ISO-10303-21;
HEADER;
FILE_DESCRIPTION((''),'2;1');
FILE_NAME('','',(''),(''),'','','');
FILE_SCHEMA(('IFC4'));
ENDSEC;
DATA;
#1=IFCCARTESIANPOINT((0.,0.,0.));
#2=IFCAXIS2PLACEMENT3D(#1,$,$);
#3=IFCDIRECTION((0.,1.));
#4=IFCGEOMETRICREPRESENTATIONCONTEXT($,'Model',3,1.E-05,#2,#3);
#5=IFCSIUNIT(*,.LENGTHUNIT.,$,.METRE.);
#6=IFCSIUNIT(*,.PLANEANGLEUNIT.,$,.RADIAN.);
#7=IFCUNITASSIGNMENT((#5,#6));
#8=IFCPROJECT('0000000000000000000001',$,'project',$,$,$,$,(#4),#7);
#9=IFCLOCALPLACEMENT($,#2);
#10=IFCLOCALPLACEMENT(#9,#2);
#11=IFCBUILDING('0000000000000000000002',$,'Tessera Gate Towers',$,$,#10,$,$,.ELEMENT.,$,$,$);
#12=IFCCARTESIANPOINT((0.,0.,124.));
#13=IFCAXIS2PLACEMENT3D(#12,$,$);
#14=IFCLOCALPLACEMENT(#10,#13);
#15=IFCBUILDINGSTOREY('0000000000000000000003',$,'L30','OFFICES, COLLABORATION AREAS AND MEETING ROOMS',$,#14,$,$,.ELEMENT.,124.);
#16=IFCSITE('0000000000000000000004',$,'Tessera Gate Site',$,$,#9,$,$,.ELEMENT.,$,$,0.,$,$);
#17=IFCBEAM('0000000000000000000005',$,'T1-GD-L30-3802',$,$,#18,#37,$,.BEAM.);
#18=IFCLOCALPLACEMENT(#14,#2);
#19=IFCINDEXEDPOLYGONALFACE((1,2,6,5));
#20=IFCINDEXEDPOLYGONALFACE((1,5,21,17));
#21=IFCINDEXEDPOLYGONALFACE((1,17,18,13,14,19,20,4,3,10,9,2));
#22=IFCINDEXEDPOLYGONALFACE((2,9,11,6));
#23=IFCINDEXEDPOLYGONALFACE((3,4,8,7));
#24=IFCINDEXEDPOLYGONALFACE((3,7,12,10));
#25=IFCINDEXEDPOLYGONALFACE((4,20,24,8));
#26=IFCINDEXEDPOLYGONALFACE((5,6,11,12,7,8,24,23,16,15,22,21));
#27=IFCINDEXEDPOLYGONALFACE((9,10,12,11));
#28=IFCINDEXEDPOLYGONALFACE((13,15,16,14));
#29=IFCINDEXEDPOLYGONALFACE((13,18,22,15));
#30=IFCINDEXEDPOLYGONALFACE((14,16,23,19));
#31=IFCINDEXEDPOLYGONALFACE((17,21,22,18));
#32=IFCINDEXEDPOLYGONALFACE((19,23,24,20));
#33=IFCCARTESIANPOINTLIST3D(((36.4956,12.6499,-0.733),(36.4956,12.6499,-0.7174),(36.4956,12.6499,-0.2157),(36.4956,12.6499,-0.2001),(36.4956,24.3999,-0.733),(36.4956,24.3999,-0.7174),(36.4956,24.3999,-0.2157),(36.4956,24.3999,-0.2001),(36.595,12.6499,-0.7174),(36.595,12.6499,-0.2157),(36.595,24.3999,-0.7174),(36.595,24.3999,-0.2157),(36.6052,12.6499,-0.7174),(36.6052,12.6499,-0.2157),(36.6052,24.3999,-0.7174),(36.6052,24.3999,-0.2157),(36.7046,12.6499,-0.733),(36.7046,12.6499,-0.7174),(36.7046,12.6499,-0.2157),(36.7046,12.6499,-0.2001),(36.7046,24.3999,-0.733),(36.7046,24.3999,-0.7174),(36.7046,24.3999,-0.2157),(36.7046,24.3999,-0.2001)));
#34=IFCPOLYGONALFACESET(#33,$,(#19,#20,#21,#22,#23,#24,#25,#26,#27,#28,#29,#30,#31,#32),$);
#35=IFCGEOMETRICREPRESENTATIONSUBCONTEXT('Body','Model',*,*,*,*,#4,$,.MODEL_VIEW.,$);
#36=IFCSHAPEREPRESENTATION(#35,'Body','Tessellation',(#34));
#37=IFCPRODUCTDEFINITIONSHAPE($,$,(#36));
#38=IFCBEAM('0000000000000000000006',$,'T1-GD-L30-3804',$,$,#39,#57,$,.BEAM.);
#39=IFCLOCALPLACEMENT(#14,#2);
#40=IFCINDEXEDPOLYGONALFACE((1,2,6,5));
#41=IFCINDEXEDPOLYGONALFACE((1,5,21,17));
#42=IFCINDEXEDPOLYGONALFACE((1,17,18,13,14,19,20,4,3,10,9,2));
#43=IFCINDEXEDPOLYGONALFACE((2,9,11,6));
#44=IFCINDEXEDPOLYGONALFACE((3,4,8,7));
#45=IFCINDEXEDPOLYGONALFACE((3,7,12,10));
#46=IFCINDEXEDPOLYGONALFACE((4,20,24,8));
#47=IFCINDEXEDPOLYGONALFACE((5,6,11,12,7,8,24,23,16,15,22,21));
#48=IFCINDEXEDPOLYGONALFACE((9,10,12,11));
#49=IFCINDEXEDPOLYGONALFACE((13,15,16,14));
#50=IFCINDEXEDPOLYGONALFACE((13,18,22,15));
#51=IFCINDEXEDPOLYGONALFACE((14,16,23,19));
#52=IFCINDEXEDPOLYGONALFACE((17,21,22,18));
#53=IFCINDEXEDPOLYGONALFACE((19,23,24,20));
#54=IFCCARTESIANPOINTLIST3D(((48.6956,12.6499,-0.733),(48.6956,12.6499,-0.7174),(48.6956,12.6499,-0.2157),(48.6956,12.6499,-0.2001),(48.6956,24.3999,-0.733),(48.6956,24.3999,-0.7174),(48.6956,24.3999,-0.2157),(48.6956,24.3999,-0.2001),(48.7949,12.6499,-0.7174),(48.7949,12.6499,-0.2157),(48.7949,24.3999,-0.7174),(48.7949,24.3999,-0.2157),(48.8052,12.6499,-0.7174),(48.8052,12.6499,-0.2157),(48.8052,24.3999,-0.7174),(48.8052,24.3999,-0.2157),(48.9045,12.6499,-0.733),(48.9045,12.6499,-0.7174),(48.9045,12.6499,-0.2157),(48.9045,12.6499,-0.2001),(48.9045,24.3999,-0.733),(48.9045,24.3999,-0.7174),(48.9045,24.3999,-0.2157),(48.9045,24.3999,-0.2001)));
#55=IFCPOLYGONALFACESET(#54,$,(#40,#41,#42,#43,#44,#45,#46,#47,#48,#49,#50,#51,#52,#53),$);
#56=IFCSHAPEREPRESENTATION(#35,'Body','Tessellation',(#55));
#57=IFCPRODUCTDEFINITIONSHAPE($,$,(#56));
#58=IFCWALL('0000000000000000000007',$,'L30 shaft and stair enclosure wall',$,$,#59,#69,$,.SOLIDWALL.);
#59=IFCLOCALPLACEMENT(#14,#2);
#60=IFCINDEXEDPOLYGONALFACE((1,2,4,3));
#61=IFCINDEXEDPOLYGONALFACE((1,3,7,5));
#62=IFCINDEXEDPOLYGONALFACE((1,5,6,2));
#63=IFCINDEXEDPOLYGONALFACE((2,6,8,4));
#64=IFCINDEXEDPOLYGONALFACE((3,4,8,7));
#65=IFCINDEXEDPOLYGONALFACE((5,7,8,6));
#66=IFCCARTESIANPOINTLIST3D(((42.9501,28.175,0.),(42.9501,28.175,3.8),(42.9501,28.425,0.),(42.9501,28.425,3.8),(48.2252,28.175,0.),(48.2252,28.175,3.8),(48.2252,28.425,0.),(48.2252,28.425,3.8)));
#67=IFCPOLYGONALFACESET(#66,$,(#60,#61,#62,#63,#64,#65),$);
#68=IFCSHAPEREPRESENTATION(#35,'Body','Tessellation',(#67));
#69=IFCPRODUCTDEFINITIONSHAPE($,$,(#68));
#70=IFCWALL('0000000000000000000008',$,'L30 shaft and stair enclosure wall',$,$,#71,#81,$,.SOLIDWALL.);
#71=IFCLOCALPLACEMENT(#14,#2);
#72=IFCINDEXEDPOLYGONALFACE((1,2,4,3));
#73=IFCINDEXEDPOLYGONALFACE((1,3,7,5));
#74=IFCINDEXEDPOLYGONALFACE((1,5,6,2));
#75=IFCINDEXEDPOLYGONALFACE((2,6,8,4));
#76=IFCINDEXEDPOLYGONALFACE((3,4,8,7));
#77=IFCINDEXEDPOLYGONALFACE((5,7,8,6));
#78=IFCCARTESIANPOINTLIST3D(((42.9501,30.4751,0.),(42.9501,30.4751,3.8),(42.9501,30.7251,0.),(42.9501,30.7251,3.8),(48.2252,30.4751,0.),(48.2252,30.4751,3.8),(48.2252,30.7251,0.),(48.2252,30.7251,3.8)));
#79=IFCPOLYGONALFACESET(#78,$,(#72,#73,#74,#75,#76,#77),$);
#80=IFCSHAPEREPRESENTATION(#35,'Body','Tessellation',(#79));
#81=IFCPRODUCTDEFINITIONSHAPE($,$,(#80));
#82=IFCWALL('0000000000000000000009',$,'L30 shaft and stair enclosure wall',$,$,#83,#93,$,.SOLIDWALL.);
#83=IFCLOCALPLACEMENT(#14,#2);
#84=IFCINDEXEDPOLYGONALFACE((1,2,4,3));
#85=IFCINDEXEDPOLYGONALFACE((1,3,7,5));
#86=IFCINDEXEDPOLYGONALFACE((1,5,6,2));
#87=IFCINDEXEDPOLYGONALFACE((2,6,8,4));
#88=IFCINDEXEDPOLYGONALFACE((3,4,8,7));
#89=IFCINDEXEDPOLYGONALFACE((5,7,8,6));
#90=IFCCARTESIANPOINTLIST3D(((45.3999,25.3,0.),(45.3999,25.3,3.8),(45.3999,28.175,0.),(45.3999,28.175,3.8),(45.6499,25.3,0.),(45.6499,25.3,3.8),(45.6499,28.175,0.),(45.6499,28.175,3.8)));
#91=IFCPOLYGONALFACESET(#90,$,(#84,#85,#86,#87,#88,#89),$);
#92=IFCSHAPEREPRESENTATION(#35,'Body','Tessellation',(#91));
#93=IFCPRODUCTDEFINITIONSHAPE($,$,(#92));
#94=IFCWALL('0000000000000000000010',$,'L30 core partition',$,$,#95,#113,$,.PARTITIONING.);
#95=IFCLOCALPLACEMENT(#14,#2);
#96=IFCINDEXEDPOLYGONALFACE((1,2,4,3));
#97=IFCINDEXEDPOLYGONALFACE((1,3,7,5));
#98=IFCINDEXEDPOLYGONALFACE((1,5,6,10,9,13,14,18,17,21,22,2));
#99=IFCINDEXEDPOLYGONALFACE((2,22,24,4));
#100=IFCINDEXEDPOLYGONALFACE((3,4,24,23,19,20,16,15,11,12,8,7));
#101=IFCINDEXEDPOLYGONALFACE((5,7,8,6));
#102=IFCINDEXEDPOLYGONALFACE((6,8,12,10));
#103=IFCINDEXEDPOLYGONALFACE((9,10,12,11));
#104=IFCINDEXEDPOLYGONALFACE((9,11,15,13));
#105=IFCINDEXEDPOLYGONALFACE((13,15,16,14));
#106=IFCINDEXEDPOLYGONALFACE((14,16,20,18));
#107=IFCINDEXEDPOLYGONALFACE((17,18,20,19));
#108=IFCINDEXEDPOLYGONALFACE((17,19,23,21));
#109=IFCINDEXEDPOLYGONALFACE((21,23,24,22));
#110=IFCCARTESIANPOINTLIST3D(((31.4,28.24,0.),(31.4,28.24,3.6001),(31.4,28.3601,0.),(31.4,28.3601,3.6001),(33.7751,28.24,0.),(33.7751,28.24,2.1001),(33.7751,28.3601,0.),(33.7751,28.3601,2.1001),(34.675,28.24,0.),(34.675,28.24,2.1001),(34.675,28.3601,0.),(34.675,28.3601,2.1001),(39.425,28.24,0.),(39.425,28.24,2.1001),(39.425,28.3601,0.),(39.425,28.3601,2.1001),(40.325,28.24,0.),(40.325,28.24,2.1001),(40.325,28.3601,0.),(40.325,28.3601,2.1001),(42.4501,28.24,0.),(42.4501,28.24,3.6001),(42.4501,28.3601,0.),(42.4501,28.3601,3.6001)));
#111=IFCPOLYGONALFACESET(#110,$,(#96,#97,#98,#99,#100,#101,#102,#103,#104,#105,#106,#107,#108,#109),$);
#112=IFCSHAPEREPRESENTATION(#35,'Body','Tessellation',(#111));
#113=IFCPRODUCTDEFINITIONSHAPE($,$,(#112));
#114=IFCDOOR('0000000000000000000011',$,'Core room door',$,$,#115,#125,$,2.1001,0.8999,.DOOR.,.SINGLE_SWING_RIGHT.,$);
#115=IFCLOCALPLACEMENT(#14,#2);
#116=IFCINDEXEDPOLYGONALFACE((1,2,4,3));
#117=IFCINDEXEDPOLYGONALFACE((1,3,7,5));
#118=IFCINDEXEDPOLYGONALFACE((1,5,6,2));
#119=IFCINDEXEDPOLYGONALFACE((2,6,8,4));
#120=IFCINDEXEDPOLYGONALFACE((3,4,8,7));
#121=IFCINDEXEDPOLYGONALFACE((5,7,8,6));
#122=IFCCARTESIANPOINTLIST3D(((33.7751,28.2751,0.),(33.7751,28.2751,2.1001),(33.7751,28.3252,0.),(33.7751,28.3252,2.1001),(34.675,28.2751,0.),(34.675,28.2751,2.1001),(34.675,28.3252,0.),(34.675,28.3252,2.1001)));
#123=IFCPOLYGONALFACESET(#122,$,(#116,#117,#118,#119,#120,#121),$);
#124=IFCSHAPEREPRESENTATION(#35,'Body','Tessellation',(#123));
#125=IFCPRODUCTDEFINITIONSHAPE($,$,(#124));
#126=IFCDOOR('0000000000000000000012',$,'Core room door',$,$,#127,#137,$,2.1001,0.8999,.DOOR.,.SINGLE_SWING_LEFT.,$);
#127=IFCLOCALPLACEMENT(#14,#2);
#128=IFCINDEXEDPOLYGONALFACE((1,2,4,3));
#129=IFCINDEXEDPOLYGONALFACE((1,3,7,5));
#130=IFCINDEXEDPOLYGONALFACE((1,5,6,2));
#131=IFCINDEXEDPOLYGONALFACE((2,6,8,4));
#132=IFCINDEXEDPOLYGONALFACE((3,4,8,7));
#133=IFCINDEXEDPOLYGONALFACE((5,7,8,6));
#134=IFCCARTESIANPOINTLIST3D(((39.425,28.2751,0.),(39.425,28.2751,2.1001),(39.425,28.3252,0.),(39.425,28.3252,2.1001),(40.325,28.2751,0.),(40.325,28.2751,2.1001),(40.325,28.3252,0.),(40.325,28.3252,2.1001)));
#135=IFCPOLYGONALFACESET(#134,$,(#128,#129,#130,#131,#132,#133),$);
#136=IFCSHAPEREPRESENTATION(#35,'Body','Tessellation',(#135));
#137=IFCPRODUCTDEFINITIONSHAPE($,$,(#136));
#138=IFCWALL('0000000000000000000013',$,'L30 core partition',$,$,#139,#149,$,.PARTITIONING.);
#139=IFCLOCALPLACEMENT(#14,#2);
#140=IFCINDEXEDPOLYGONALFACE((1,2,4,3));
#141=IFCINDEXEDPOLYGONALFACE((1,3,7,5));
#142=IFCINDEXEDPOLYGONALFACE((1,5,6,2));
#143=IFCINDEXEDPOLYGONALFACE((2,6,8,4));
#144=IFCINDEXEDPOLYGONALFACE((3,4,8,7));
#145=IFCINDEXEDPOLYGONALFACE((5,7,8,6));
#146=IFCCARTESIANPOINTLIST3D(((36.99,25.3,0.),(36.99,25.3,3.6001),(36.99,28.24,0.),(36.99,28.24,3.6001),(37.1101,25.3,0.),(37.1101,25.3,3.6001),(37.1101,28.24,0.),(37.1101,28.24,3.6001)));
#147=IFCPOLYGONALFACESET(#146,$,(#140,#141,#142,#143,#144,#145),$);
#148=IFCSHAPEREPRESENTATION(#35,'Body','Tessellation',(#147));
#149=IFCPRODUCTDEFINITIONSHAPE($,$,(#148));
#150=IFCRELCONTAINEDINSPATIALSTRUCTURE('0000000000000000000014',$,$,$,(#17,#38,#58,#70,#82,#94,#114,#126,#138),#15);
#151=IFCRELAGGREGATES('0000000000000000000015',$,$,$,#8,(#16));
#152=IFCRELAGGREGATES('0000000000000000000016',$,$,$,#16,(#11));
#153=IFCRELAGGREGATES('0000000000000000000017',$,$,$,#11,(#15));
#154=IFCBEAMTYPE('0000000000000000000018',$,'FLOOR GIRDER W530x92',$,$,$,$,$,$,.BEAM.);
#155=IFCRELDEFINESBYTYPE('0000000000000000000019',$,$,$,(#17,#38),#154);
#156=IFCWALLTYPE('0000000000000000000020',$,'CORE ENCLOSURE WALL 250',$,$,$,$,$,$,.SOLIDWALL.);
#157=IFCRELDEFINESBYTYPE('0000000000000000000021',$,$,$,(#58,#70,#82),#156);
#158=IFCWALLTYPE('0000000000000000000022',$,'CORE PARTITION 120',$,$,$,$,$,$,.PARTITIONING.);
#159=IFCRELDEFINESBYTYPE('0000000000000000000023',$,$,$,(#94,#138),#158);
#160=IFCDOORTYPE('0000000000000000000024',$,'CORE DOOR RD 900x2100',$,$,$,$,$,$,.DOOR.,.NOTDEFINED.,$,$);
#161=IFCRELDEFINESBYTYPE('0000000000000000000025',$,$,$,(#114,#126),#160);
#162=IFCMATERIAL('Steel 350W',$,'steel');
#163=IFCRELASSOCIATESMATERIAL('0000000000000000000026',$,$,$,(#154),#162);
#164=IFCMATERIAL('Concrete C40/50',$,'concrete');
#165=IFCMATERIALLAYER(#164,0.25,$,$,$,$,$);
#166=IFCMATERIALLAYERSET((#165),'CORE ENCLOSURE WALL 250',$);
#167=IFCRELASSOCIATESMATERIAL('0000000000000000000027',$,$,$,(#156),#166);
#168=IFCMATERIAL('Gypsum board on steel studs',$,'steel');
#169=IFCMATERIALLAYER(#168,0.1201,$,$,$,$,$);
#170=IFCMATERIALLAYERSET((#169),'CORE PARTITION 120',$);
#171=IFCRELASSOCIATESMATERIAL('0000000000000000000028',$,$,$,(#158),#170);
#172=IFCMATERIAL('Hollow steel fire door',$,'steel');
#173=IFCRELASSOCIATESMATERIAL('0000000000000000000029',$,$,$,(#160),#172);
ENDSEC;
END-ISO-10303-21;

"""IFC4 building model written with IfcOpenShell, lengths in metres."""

from ifc_helpers import new_model, si_unit, direction, frame, frame_2d, origin, origin_2d, place, context, subcontext, project, spatial, rectangle, i_section, extrude, source, transform, mapped, material, layer, layer_set, material_profile, profile_set, type_object, element, fill, save


model = new_model("IFC4")

# Units and contexts
model_context = context("Model", 3, precision=1e-05, world=origin(), true_north=direction((0.0, 1.0)))
body_context = subcontext(model_context, "Body", "Model", "MODEL_VIEW")
ifc_project = project(units=[si_unit("LENGTHUNIT", "METRE"), si_unit("PLANEANGLEUNIT", "RADIAN")], contexts=[model_context])

# Site, building, storey
site_placement = place(None, origin())
site = spatial("IfcSite", under=ifc_project, at=site_placement, Name="Tessera Gate Site", CompositionType="ELEMENT", RefElevation=0.0)
building_placement = place(site_placement, origin())
building = spatial("IfcBuilding", under=site, at=building_placement, Name="Tessera Gate Towers", CompositionType="ELEMENT")
storey_placement = place(building_placement, frame((0.0, 0.0, 124.0)))
storey = spatial("IfcBuildingStorey", under=building, at=storey_placement, Name="L30", Description="OFFICES, COLLABORATION AREAS AND MEETING ROOMS", CompositionType="ELEMENT", Elevation=124.0)

# Beams
ifc_material_1 = material(Name="Steel 350W", Category="steel")
ifc_material_profile = material_profile(ifc_material_1, i_section(OverallWidth=0.209, OverallDepth=0.533, WebThickness=0.0103, FlangeThickness=0.0156, at=origin_2d()), Name="W530x92")
ifc_profile_set = profile_set([ifc_material_profile], Name="Steel 350W")
beam_type = type_object("IfcBeamType", Name="FLOOR GIRDER W530x92", PredefinedType="BEAM", material=ifc_profile_set)
for number, where, z_axis, x_axis, name in (
    (1, (36.6001, 12.6499, -0.4666), (0.0, 1.0, 0.0), (-1.0, 0.0, 0.0), "T1-GD-L30-3802"),
    (2, (48.8, 12.6499, -0.4666), (0.0, 1.0, 0.0), (-1.0, 0.0, 0.0), "T1-GD-L30-3804"),
):
    element("IfcBeam", number, at=place(storey_placement, frame(where, z_axis=z_axis, x_axis=x_axis)), inside=storey, type_object=beam_type, Name=name, PredefinedType="BEAM", context=body_context, shape_type="SweptSolid", body=[
        extrude(i_section(OverallWidth=0.209, OverallDepth=0.533, WebThickness=0.0103, FlangeThickness=0.0156, at=origin_2d()), origin(), (0.0, 0.0, 1.0), 11.75),
    ])

# Walls
ifc_material_2 = material(Name="Concrete C40/50", Category="concrete")
ifc_layer_1 = layer(ifc_material_2, 0.25)
ifc_layer_set_1 = layer_set([ifc_layer_1], Name="CORE ENCLOSURE WALL 250")
wall_type_1 = type_object("IfcWallType", Name="CORE ENCLOSURE WALL 250", PredefinedType="SOLIDWALL", material=ifc_layer_set_1)
for number, where, z_axis, x_axis, name in (
    (3, (42.95, 28.3, 0.0), (0.0, 0.0, 1.0), (1.0, 0.0, 0.0), "L30 shaft and stair enclosure wall"),
    (4, (42.95, 30.6001, 0.0), (0.0, 0.0, 1.0), (1.0, 0.0, 0.0), "L30 shaft and stair enclosure wall"),
):
    element("IfcWall", number, at=place(storey_placement, frame(where, z_axis=z_axis, x_axis=x_axis)), inside=storey, type_object=wall_type_1, Name=name, PredefinedType="SOLIDWALL", context=body_context, shape_type="SweptSolid", body=[
        extrude(rectangle(XDim=5.2751, YDim=0.25, at=frame_2d((2.6377, 0.0))), origin(), (0.0, 0.0, 1.0), 3.8),
    ])
wall_1_placement = place(storey_placement, frame((45.5249, 25.3, 0.0), z_axis=(0.0, 0.0, 1.0), x_axis=(0.0, 1.0, 0.0)))
element("IfcWall", 5, at=wall_1_placement, inside=storey, type_object=wall_type_1, Name="L30 shaft and stair enclosure wall", PredefinedType="SOLIDWALL", context=body_context, shape_type="SweptSolid", body=[
    extrude(rectangle(XDim=2.875, YDim=0.25, at=frame_2d((1.4375, 0.0))), origin(), (0.0, 0.0, 1.0), 3.8),
])

# Wall, openings, doors
ifc_material_3 = material(Name="Gypsum board on steel studs", Category="steel")
ifc_layer_2 = layer(ifc_material_3, 0.1201)
ifc_layer_set_2 = layer_set([ifc_layer_2], Name="CORE PARTITION 120")
wall_type_2 = type_object("IfcWallType", Name="CORE PARTITION 120", PredefinedType="PARTITIONING", material=ifc_layer_set_2)
wall_2_placement = place(storey_placement, frame((42.45, 28.3, 0.0), z_axis=(0.0, 0.0, 1.0), x_axis=(-1.0, 0.0, 0.0)))
wall_2 = element("IfcWall", 6, at=wall_2_placement, inside=storey, type_object=wall_type_2, Name="L30 core partition", PredefinedType="PARTITIONING", context=body_context, shape_type="SweptSolid", body=[
    extrude(rectangle(XDim=11.05, YDim=0.1201, at=frame_2d((5.5249, 0.0))), origin(), (0.0, 0.0, 1.0), 3.6001),
])
shared_shape_1 = source(origin(), body_context, "Body", "SweptSolid", [
    extrude(rectangle(XDim=0.8999, YDim=2.1001, at=frame_2d((0.45, 1.05))), frame((0.0, 0.0701, 0.0), z_axis=(0.0, -1.0, 0.0), x_axis=(1.0, 0.0, 0.0)), (0.0, 0.0, 1.0), 0.1401),
])
opening_1_placement = place(wall_2_placement, frame((7.7749, 0.0, 0.0)))
opening_1 = element("IfcOpeningElement", 7, at=opening_1_placement, cuts=wall_2, PredefinedType="OPENING", context=body_context, shape_type="MappedRepresentation", body=[
    mapped(shared_shape_1, transform((0.0, 0.0, 0.0), scale=1.0)),
])
opening_2_placement = place(wall_2_placement, frame((2.125, 0.0, 0.0)))
opening_2 = element("IfcOpeningElement", 8, at=opening_2_placement, cuts=wall_2, PredefinedType="OPENING", context=body_context, shape_type="MappedRepresentation", body=[
    mapped(shared_shape_1, transform((0.0, 0.0, 0.0), scale=1.0)),
])
ifc_material_4 = material(Name="Hollow steel fire door", Category="steel")
door_type_1 = type_object("IfcDoorType", Name="CORE DOOR RD 900x2100", OperationType="NOTDEFINED", PredefinedType="DOOR", material=ifc_material_4)
shared_shape_2 = source(origin(), body_context, "Body", "SweptSolid", [
    extrude(rectangle(XDim=0.8999, YDim=2.1001, at=frame_2d((0.45, 1.05))), frame((0.0, 0.0249, 0.0), z_axis=(0.0, -1.0, 0.0), x_axis=(1.0, 0.0, 0.0)), (0.0, 0.0, 1.0), 0.05),
])
door_1_placement = place(opening_1_placement, origin())
door_1 = element("IfcDoor", 9, at=door_1_placement, inside=storey, type_object=door_type_1, Name="Core room door", OperationType="SINGLE_SWING_RIGHT", OverallHeight=2.1001, OverallWidth=0.8999, PredefinedType="DOOR", context=body_context, shape_type="MappedRepresentation", body=[
    mapped(shared_shape_2, transform((0.0, 0.0, 0.0), scale=1.0)),
])
fill(opening_1, door_1)
door_2_placement = place(opening_2_placement, origin())
door_2 = element("IfcDoor", 10, at=door_2_placement, inside=storey, type_object=door_type_1, Name="Core room door", OperationType="SINGLE_SWING_LEFT", OverallHeight=2.1001, OverallWidth=0.8999, PredefinedType="DOOR", context=body_context, shape_type="MappedRepresentation", body=[
    mapped(shared_shape_2, transform((0.0, 0.0, 0.0), scale=1.0)),
])
fill(opening_2, door_2)

# Wall
wall_3_placement = place(storey_placement, frame((37.05, 25.3, 0.0), z_axis=(0.0, 0.0, 1.0), x_axis=(0.0, 1.0, 0.0)))
element("IfcWall", 11, at=wall_3_placement, inside=storey, type_object=wall_type_2, Name="L30 core partition", PredefinedType="PARTITIONING", context=body_context, shape_type="SweptSolid", body=[
    extrude(rectangle(XDim=2.9399, YDim=0.1201, at=frame_2d((1.47, 0.0))), origin(), (0.0, 0.0, 1.0), 3.6001),
])

save(model, "model.ifc")
